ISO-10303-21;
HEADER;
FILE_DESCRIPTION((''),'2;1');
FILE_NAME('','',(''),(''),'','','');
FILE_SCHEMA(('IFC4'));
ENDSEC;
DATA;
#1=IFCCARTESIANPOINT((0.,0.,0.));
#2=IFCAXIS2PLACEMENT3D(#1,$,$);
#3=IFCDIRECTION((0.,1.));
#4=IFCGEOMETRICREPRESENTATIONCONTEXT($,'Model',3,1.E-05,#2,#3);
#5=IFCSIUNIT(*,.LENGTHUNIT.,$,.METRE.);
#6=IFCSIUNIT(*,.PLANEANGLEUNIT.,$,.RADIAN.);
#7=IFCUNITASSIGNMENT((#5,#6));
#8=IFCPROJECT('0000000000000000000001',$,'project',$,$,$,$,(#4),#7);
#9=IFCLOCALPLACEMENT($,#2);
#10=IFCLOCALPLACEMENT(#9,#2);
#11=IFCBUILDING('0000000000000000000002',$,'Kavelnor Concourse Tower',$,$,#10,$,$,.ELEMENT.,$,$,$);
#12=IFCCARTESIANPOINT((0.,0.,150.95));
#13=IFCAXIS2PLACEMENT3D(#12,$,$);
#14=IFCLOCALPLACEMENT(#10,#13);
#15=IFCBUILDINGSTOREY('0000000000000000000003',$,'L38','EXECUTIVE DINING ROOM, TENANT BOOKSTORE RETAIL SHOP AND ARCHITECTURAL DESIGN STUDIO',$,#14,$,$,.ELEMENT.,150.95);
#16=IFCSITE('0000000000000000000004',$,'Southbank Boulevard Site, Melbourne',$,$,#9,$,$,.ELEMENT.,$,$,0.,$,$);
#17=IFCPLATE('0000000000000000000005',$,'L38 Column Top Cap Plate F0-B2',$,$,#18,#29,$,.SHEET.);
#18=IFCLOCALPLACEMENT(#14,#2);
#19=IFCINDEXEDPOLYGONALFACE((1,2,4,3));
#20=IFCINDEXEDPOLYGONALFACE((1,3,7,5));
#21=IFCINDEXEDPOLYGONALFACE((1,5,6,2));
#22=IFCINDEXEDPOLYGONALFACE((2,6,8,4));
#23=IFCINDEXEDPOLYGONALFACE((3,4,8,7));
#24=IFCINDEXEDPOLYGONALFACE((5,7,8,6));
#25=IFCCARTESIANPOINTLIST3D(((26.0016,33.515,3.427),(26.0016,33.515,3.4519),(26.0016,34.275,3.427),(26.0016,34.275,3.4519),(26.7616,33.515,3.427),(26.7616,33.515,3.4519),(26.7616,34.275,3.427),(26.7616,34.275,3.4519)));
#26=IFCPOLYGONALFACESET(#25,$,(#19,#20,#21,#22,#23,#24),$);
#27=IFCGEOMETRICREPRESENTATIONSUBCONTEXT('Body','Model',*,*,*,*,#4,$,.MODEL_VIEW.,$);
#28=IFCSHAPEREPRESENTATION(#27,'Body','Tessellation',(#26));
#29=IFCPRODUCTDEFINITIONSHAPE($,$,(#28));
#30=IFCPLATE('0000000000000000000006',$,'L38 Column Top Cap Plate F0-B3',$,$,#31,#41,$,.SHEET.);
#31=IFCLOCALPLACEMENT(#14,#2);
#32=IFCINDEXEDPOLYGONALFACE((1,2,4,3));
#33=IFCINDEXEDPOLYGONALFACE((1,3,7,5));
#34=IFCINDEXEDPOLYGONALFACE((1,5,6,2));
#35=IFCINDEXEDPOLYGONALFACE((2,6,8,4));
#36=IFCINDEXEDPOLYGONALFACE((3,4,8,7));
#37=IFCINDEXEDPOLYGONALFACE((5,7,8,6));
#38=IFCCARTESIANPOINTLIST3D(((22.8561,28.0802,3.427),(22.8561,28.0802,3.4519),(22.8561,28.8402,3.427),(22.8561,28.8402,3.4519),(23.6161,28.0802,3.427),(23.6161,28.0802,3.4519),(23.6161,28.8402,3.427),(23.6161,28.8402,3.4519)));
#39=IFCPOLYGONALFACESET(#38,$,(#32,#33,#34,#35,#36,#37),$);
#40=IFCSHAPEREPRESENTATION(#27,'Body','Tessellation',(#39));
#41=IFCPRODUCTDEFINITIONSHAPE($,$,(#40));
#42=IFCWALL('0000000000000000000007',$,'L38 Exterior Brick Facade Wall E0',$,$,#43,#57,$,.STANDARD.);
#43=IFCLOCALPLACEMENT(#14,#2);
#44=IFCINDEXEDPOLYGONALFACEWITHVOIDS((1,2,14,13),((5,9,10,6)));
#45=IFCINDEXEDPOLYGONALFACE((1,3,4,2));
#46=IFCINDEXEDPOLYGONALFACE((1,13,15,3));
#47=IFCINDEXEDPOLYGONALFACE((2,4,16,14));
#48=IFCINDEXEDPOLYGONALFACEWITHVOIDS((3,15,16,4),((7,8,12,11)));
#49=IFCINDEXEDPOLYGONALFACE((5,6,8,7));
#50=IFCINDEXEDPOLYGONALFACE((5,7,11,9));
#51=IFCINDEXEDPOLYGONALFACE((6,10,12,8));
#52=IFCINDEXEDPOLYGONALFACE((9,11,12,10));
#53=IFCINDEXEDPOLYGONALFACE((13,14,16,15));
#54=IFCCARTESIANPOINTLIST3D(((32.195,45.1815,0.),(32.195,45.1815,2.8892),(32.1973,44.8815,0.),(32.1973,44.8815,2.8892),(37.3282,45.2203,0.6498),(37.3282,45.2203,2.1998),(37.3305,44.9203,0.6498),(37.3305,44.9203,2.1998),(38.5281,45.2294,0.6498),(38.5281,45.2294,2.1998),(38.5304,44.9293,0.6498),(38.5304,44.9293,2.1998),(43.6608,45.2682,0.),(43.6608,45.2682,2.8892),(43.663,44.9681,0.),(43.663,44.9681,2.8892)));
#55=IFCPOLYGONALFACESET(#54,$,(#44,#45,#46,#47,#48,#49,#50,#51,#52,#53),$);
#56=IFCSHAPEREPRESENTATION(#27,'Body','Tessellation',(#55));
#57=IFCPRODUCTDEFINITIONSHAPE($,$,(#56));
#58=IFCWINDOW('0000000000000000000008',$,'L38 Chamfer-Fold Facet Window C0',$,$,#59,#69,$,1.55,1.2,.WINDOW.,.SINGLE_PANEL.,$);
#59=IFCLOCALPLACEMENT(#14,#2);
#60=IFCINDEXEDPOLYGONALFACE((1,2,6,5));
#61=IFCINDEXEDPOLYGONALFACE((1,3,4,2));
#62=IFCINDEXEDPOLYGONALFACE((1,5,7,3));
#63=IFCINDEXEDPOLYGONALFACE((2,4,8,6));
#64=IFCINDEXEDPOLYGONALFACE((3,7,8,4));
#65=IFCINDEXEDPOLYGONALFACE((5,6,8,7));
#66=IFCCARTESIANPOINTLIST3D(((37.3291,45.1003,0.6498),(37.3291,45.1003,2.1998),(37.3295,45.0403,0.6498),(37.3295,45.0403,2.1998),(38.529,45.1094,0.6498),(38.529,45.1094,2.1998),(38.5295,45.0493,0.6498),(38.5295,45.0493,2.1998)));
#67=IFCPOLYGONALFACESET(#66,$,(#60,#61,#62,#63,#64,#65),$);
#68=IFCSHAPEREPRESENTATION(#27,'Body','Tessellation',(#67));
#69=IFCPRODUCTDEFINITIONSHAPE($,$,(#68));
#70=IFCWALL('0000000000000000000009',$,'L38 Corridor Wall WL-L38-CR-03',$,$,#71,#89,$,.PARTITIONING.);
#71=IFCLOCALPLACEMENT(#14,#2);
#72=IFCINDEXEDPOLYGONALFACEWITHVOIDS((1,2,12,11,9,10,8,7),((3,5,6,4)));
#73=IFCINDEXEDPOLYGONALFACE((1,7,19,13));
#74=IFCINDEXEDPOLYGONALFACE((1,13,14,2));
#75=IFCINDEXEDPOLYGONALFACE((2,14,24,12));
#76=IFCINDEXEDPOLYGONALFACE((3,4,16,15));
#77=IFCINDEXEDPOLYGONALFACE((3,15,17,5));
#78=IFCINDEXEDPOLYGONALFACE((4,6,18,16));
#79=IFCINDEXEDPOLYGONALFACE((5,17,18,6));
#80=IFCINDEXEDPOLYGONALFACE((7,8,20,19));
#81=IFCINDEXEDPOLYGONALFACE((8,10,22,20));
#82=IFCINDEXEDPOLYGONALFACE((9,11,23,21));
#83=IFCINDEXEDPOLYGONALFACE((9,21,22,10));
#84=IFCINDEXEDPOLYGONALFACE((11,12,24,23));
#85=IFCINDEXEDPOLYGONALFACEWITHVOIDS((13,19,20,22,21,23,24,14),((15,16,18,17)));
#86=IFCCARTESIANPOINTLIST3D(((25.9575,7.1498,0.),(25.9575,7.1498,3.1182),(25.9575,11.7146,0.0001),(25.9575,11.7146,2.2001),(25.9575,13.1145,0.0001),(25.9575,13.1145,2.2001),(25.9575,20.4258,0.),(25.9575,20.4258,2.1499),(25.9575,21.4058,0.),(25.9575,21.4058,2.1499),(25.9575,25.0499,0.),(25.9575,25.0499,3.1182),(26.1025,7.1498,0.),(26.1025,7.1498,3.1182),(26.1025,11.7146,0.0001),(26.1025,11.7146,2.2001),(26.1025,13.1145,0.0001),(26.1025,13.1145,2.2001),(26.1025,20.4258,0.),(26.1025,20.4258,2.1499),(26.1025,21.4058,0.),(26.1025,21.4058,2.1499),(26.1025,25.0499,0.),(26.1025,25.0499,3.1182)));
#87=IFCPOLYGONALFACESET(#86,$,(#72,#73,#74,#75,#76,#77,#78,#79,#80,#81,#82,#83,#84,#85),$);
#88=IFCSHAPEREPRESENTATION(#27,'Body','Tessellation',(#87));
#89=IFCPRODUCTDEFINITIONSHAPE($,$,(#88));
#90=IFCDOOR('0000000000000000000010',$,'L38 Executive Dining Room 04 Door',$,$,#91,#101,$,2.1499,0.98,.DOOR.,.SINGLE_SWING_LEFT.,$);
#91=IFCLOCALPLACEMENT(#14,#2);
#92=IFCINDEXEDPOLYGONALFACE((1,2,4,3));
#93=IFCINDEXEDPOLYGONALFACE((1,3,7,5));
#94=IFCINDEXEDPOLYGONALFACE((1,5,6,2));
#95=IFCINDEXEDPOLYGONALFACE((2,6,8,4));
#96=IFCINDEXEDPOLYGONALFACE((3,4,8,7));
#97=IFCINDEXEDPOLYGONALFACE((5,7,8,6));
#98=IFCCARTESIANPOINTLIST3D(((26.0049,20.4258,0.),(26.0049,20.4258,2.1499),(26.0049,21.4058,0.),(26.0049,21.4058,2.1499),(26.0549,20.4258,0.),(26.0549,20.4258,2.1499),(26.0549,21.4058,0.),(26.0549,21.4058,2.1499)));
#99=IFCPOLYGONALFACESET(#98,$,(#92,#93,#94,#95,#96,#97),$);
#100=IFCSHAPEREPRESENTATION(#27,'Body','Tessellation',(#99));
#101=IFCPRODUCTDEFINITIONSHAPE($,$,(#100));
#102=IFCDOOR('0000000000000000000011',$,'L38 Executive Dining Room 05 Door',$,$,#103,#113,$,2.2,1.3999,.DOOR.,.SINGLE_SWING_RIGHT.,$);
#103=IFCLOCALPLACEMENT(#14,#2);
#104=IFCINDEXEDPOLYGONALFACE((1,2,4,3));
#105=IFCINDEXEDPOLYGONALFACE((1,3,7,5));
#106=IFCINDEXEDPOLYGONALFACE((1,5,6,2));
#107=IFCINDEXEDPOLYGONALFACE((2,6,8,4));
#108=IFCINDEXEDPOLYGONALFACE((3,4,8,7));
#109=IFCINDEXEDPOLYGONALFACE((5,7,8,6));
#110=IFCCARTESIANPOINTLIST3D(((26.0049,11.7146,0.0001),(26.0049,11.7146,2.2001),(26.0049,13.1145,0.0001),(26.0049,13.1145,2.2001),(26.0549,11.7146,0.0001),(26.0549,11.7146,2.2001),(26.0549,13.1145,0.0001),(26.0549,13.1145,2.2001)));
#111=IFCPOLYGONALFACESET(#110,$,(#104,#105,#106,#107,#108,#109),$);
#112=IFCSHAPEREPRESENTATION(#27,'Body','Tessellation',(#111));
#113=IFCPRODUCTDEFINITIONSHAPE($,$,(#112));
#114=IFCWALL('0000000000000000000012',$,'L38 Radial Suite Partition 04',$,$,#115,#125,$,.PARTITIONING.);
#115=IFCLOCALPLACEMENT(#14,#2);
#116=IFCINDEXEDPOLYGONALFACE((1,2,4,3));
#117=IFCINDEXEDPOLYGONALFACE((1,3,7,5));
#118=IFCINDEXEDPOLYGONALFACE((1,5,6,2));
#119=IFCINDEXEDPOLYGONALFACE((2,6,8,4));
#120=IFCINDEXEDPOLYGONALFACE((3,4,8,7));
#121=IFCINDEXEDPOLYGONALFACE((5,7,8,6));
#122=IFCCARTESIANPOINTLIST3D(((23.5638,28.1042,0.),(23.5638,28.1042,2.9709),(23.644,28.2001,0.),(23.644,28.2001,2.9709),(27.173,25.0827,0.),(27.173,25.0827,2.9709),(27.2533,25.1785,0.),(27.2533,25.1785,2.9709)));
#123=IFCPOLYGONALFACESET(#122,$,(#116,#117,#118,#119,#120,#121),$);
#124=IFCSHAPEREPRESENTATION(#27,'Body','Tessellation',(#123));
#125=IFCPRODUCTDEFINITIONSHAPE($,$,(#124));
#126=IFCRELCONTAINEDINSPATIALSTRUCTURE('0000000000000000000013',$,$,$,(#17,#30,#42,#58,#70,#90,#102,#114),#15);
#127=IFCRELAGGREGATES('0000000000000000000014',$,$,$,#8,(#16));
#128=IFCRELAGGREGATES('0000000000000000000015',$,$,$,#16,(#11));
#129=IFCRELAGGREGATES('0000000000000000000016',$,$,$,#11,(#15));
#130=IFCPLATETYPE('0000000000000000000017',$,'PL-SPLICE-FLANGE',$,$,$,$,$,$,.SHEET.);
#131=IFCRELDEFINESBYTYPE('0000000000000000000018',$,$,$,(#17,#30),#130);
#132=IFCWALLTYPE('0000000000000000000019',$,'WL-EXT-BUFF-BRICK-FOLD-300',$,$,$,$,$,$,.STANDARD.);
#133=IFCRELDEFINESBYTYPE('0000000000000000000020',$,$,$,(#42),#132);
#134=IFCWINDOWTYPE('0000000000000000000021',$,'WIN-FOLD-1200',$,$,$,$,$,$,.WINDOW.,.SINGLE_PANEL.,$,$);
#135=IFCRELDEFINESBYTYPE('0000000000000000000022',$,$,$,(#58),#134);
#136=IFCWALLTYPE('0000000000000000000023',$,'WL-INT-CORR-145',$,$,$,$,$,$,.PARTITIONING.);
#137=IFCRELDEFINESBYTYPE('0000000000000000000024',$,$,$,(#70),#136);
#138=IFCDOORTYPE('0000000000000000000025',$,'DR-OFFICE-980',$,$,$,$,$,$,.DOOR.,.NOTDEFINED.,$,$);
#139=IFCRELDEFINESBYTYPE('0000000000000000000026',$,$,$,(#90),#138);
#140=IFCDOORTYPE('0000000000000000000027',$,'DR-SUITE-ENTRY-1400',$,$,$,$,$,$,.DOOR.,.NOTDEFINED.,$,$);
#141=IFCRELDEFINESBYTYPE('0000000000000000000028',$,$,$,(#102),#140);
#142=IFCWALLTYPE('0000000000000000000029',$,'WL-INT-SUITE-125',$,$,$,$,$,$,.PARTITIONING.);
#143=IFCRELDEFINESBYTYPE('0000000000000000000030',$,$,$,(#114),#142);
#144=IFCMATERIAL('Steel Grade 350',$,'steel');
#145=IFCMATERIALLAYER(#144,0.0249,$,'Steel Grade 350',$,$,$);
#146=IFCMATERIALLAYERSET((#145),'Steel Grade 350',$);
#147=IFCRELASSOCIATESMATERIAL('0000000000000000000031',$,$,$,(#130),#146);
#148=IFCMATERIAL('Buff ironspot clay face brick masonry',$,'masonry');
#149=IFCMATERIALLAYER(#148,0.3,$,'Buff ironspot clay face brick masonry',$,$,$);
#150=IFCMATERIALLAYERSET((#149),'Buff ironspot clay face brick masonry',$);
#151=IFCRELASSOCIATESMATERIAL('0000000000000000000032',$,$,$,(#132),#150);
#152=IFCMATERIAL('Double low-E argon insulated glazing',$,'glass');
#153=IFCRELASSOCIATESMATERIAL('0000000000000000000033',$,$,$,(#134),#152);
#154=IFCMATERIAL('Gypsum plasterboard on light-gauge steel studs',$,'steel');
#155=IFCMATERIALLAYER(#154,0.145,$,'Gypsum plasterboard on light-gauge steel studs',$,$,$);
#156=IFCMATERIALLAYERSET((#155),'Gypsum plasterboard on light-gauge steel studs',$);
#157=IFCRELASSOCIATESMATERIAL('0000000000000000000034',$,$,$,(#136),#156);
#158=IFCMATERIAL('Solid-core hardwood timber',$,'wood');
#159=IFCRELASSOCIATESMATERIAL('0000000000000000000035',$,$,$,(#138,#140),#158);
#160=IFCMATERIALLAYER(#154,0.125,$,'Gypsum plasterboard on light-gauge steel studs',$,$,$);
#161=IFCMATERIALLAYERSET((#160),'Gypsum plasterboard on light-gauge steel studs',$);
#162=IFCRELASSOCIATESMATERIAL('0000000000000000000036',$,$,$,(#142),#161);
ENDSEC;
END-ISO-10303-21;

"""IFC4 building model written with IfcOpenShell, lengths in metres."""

from ifc_helpers import new_model, si_unit, direction, frame, frame_2d, origin, origin_2d, place, context, subcontext, project, spatial, rectangle, extrude, material, layer, layer_set, type_object, element, fill, save


model = new_model("IFC4")

# Units and contexts
model_context = context("Model", 3, precision=1e-05, world=origin(), true_north=direction((0.0, 1.0)))
body_context = subcontext(model_context, "Body", "Model", "MODEL_VIEW")
ifc_project = project(units=[si_unit("LENGTHUNIT", "METRE"), si_unit("PLANEANGLEUNIT", "RADIAN")], contexts=[model_context])

# Site, building, storey
site_placement = place(None, origin())
site = spatial("IfcSite", under=ifc_project, at=site_placement, Name="Southbank Boulevard Site, Melbourne", CompositionType="ELEMENT", RefElevation=0.0)
building_placement = place(site_placement, origin())
building = spatial("IfcBuilding", under=site, at=building_placement, Name="Kavelnor Concourse Tower", CompositionType="ELEMENT")
storey_placement = place(building_placement, frame((0.0, 0.0, 150.95)))
storey = spatial("IfcBuildingStorey", under=building, at=storey_placement, Name="L38", Description="EXECUTIVE DINING ROOM, TENANT BOOKSTORE RETAIL SHOP AND ARCHITECTURAL DESIGN STUDIO", CompositionType="ELEMENT", Elevation=150.95)

# Shared definitions
ifc_material_1 = material(Name="Steel Grade 350", Category="steel")

# Plates
ifc_layer_1 = layer(ifc_material_1, 0.0249, Name="Steel Grade 350")
ifc_layer_set_1 = layer_set([ifc_layer_1], Name="Steel Grade 350")
plate_type_1 = type_object("IfcPlateType", Name="PL-SPLICE-FLANGE", PredefinedType="SHEET", material=ifc_layer_set_1)
for number, where, z_axis, x_axis, name in (
    (1, (26.3816, 33.895, 3.427), (0.0, 0.0, 1.0), (1.0, 0.0, 0.0), "L38 Column Top Cap Plate F0-B2"),
    (2, (23.2361, 28.4602, 3.427), (0.0, 0.0, 1.0), (1.0, 0.0, 0.0), "L38 Column Top Cap Plate F0-B3"),
):
    element("IfcPlate", number, at=place(storey_placement, frame(where, z_axis=z_axis, x_axis=x_axis)), inside=storey, type_object=plate_type_1, Name=name, PredefinedType="SHEET", context=body_context, shape_type="SweptSolid", body=[
        extrude(rectangle(XDim=0.76, YDim=0.76, at=origin_2d()), origin(), (0.0, 0.0, 1.0), 0.0249),
    ])

# Wall, opening, window
ifc_material_2 = material(Name="Buff ironspot clay face brick masonry", Category="masonry")
ifc_layer_2 = layer(ifc_material_2, 0.3, Name="Buff ironspot clay face brick masonry")
ifc_layer_set_2 = layer_set([ifc_layer_2], Name="Buff ironspot clay face brick masonry")
wall_type_1 = type_object("IfcWallType", Name="WL-EXT-BUFF-BRICK-FOLD-300", PredefinedType="STANDARD", material=ifc_layer_set_2)
wall_1_placement = place(storey_placement, frame((32.1963, 45.0315, 0.0), z_axis=(0.0, 0.0, 1.0), x_axis=(0.999971, 0.007559, 0.0)))
wall_1 = element("IfcWall", 3, at=wall_1_placement, inside=storey, type_object=wall_type_1, Name="L38 Exterior Brick Facade Wall E0", PredefinedType="STANDARD", context=body_context, shape_type="SweptSolid", body=[
    extrude(rectangle(XDim=11.4661, YDim=0.3, at=frame_2d((5.7329, 0.0))), origin(), (0.0, 0.0, 1.0), 2.8892),
])
opening_1_placement = place(wall_1_placement, frame((5.1331, 0.0, 0.6499)))
opening_1 = element("IfcOpeningElement", 4, at=opening_1_placement, cuts=wall_1, PredefinedType="OPENING", context=body_context, shape_type="SweptSolid", body=[
    extrude(rectangle(XDim=1.2, YDim=1.55, at=frame_2d((0.6001, 0.7749))), frame((0.0, 0.1602, 0.0), z_axis=(0.0, -1.0, 0.0), x_axis=(1.0, 0.0, 0.0)), (0.0, 0.0, 1.0), 0.3201),
])
ifc_material_3 = material(Name="Double low-E argon insulated glazing", Category="glass")
window_type = type_object("IfcWindowType", Name="WIN-FOLD-1200", PartitioningType="SINGLE_PANEL", PredefinedType="WINDOW", material=ifc_material_3)
window_placement = place(opening_1_placement, origin())
window = element("IfcWindow", 5, at=window_placement, inside=storey, type_object=window_type, Name="L38 Chamfer-Fold Facet Window C0", OverallHeight=1.55, OverallWidth=1.2, PartitioningType="SINGLE_PANEL", PredefinedType="WINDOW", context=body_context, shape_type="SweptSolid", body=[
    extrude(rectangle(XDim=1.2, YDim=1.55, at=frame_2d((0.6001, 0.7749))), frame((0.0, 0.03, 0.0), z_axis=(0.0, -1.0, 0.0), x_axis=(1.0, 0.0, 0.0)), (0.0, 0.0, 1.0), 0.0601),
])
fill(opening_1, window)

# Wall, openings, doors
ifc_material_4 = material(Name="Gypsum plasterboard on light-gauge steel studs", Category="steel")
ifc_layer_3 = layer(ifc_material_4, 0.145, Name="Gypsum plasterboard on light-gauge steel studs")
ifc_layer_set_3 = layer_set([ifc_layer_3], Name="Gypsum plasterboard on light-gauge steel studs")
wall_type_2 = type_object("IfcWallType", Name="WL-INT-CORR-145", PredefinedType="PARTITIONING", material=ifc_layer_set_3)
wall_2_placement = place(storey_placement, frame((26.03, 25.05, 0.0), z_axis=(0.0, 0.0, 1.0), x_axis=(0.0, -1.0, 0.0)))
wall_2 = element("IfcWall", 6, at=wall_2_placement, inside=storey, type_object=wall_type_2, Name="L38 Corridor Wall WL-L38-CR-03", PredefinedType="PARTITIONING", context=body_context, shape_type="SweptSolid", body=[
    extrude(rectangle(XDim=17.9001, YDim=0.145, at=frame_2d((8.9502, 0.0))), origin(), (0.0, 0.0, 1.0), 3.1182),
])
opening_2_placement = place(wall_2_placement, frame((3.6443, 0.0, 0.0)))
opening_2 = element("IfcOpeningElement", 7, at=opening_2_placement, cuts=wall_2, PredefinedType="OPENING", context=body_context, shape_type="SweptSolid", body=[
    extrude(rectangle(XDim=0.98, YDim=2.1499, at=frame_2d((0.49, 1.075))), frame((0.0, 0.0825, 0.0), z_axis=(0.0, -1.0, 0.0), x_axis=(1.0, 0.0, 0.0)), (0.0, 0.0, 1.0), 0.165),
])
opening_3_placement = place(wall_2_placement, frame((11.9355, 0.0, 0.0)))
opening_3 = element("IfcOpeningElement", 8, at=opening_3_placement, cuts=wall_2, PredefinedType="OPENING", context=body_context, shape_type="SweptSolid", body=[
    extrude(rectangle(XDim=1.3999, YDim=2.2, at=frame_2d((0.7, 1.1001))), frame((0.0, 0.0825, 0.0), z_axis=(0.0, -1.0, 0.0), x_axis=(1.0, 0.0, 0.0)), (0.0, 0.0, 1.0), 0.165),
])
ifc_material_5 = material(Name="Solid-core hardwood timber", Category="wood")
door_type_1 = type_object("IfcDoorType", Name="DR-OFFICE-980", OperationType="NOTDEFINED", PredefinedType="DOOR", material=ifc_material_5)
door_1_placement = place(opening_2_placement, origin())
door_1 = element("IfcDoor", 9, at=door_1_placement, inside=storey, type_object=door_type_1, Name="L38 Executive Dining Room 04 Door", OperationType="SINGLE_SWING_LEFT", OverallHeight=2.1499, OverallWidth=0.98, PredefinedType="DOOR", context=body_context, shape_type="SweptSolid", body=[
    extrude(rectangle(XDim=0.98, YDim=2.1499, at=frame_2d((0.49, 1.075))), frame((0.0, 0.0249, 0.0), z_axis=(0.0, -1.0, 0.0), x_axis=(1.0, 0.0, 0.0)), (0.0, 0.0, 1.0), 0.05),
])
fill(opening_2, door_1)
door_type_2 = type_object("IfcDoorType", Name="DR-SUITE-ENTRY-1400", OperationType="NOTDEFINED", PredefinedType="DOOR", material=ifc_material_5)
door_2_placement = place(opening_3_placement, origin())
door_2 = element("IfcDoor", 10, at=door_2_placement, inside=storey, type_object=door_type_2, Name="L38 Executive Dining Room 05 Door", OperationType="SINGLE_SWING_RIGHT", OverallHeight=2.2, OverallWidth=1.3999, PredefinedType="DOOR", context=body_context, shape_type="SweptSolid", body=[
    extrude(rectangle(XDim=1.3999, YDim=2.2, at=frame_2d((0.7, 1.1001))), frame((0.0, 0.0249, 0.0), z_axis=(0.0, -1.0, 0.0), x_axis=(1.0, 0.0, 0.0)), (0.0, 0.0, 1.0), 0.05),
])
fill(opening_3, door_2)

# Wall
ifc_layer_4 = layer(ifc_material_4, 0.125, Name="Gypsum plasterboard on light-gauge steel studs")
ifc_layer_set_4 = layer_set([ifc_layer_4], Name="Gypsum plasterboard on light-gauge steel studs")
wall_type_3 = type_object("IfcWallType", Name="WL-INT-SUITE-125", PredefinedType="PARTITIONING", material=ifc_layer_set_4)
wall_3_placement = place(storey_placement, frame((27.2131, 25.1306, 0.0), z_axis=(0.0, 0.0, 1.0), x_axis=(-0.76677, 0.641922, 0.0)))
element("IfcWall", 11, at=wall_3_placement, inside=storey, type_object=wall_type_3, Name="L38 Radial Suite Partition 04", PredefinedType="PARTITIONING", context=body_context, shape_type="SweptSolid", body=[
    extrude(rectangle(XDim=4.707, YDim=0.125, at=frame_2d((2.3535, 0.0))), origin(), (0.0, 0.0, 1.0), 2.9709),
])

save(model, "model.ifc")
